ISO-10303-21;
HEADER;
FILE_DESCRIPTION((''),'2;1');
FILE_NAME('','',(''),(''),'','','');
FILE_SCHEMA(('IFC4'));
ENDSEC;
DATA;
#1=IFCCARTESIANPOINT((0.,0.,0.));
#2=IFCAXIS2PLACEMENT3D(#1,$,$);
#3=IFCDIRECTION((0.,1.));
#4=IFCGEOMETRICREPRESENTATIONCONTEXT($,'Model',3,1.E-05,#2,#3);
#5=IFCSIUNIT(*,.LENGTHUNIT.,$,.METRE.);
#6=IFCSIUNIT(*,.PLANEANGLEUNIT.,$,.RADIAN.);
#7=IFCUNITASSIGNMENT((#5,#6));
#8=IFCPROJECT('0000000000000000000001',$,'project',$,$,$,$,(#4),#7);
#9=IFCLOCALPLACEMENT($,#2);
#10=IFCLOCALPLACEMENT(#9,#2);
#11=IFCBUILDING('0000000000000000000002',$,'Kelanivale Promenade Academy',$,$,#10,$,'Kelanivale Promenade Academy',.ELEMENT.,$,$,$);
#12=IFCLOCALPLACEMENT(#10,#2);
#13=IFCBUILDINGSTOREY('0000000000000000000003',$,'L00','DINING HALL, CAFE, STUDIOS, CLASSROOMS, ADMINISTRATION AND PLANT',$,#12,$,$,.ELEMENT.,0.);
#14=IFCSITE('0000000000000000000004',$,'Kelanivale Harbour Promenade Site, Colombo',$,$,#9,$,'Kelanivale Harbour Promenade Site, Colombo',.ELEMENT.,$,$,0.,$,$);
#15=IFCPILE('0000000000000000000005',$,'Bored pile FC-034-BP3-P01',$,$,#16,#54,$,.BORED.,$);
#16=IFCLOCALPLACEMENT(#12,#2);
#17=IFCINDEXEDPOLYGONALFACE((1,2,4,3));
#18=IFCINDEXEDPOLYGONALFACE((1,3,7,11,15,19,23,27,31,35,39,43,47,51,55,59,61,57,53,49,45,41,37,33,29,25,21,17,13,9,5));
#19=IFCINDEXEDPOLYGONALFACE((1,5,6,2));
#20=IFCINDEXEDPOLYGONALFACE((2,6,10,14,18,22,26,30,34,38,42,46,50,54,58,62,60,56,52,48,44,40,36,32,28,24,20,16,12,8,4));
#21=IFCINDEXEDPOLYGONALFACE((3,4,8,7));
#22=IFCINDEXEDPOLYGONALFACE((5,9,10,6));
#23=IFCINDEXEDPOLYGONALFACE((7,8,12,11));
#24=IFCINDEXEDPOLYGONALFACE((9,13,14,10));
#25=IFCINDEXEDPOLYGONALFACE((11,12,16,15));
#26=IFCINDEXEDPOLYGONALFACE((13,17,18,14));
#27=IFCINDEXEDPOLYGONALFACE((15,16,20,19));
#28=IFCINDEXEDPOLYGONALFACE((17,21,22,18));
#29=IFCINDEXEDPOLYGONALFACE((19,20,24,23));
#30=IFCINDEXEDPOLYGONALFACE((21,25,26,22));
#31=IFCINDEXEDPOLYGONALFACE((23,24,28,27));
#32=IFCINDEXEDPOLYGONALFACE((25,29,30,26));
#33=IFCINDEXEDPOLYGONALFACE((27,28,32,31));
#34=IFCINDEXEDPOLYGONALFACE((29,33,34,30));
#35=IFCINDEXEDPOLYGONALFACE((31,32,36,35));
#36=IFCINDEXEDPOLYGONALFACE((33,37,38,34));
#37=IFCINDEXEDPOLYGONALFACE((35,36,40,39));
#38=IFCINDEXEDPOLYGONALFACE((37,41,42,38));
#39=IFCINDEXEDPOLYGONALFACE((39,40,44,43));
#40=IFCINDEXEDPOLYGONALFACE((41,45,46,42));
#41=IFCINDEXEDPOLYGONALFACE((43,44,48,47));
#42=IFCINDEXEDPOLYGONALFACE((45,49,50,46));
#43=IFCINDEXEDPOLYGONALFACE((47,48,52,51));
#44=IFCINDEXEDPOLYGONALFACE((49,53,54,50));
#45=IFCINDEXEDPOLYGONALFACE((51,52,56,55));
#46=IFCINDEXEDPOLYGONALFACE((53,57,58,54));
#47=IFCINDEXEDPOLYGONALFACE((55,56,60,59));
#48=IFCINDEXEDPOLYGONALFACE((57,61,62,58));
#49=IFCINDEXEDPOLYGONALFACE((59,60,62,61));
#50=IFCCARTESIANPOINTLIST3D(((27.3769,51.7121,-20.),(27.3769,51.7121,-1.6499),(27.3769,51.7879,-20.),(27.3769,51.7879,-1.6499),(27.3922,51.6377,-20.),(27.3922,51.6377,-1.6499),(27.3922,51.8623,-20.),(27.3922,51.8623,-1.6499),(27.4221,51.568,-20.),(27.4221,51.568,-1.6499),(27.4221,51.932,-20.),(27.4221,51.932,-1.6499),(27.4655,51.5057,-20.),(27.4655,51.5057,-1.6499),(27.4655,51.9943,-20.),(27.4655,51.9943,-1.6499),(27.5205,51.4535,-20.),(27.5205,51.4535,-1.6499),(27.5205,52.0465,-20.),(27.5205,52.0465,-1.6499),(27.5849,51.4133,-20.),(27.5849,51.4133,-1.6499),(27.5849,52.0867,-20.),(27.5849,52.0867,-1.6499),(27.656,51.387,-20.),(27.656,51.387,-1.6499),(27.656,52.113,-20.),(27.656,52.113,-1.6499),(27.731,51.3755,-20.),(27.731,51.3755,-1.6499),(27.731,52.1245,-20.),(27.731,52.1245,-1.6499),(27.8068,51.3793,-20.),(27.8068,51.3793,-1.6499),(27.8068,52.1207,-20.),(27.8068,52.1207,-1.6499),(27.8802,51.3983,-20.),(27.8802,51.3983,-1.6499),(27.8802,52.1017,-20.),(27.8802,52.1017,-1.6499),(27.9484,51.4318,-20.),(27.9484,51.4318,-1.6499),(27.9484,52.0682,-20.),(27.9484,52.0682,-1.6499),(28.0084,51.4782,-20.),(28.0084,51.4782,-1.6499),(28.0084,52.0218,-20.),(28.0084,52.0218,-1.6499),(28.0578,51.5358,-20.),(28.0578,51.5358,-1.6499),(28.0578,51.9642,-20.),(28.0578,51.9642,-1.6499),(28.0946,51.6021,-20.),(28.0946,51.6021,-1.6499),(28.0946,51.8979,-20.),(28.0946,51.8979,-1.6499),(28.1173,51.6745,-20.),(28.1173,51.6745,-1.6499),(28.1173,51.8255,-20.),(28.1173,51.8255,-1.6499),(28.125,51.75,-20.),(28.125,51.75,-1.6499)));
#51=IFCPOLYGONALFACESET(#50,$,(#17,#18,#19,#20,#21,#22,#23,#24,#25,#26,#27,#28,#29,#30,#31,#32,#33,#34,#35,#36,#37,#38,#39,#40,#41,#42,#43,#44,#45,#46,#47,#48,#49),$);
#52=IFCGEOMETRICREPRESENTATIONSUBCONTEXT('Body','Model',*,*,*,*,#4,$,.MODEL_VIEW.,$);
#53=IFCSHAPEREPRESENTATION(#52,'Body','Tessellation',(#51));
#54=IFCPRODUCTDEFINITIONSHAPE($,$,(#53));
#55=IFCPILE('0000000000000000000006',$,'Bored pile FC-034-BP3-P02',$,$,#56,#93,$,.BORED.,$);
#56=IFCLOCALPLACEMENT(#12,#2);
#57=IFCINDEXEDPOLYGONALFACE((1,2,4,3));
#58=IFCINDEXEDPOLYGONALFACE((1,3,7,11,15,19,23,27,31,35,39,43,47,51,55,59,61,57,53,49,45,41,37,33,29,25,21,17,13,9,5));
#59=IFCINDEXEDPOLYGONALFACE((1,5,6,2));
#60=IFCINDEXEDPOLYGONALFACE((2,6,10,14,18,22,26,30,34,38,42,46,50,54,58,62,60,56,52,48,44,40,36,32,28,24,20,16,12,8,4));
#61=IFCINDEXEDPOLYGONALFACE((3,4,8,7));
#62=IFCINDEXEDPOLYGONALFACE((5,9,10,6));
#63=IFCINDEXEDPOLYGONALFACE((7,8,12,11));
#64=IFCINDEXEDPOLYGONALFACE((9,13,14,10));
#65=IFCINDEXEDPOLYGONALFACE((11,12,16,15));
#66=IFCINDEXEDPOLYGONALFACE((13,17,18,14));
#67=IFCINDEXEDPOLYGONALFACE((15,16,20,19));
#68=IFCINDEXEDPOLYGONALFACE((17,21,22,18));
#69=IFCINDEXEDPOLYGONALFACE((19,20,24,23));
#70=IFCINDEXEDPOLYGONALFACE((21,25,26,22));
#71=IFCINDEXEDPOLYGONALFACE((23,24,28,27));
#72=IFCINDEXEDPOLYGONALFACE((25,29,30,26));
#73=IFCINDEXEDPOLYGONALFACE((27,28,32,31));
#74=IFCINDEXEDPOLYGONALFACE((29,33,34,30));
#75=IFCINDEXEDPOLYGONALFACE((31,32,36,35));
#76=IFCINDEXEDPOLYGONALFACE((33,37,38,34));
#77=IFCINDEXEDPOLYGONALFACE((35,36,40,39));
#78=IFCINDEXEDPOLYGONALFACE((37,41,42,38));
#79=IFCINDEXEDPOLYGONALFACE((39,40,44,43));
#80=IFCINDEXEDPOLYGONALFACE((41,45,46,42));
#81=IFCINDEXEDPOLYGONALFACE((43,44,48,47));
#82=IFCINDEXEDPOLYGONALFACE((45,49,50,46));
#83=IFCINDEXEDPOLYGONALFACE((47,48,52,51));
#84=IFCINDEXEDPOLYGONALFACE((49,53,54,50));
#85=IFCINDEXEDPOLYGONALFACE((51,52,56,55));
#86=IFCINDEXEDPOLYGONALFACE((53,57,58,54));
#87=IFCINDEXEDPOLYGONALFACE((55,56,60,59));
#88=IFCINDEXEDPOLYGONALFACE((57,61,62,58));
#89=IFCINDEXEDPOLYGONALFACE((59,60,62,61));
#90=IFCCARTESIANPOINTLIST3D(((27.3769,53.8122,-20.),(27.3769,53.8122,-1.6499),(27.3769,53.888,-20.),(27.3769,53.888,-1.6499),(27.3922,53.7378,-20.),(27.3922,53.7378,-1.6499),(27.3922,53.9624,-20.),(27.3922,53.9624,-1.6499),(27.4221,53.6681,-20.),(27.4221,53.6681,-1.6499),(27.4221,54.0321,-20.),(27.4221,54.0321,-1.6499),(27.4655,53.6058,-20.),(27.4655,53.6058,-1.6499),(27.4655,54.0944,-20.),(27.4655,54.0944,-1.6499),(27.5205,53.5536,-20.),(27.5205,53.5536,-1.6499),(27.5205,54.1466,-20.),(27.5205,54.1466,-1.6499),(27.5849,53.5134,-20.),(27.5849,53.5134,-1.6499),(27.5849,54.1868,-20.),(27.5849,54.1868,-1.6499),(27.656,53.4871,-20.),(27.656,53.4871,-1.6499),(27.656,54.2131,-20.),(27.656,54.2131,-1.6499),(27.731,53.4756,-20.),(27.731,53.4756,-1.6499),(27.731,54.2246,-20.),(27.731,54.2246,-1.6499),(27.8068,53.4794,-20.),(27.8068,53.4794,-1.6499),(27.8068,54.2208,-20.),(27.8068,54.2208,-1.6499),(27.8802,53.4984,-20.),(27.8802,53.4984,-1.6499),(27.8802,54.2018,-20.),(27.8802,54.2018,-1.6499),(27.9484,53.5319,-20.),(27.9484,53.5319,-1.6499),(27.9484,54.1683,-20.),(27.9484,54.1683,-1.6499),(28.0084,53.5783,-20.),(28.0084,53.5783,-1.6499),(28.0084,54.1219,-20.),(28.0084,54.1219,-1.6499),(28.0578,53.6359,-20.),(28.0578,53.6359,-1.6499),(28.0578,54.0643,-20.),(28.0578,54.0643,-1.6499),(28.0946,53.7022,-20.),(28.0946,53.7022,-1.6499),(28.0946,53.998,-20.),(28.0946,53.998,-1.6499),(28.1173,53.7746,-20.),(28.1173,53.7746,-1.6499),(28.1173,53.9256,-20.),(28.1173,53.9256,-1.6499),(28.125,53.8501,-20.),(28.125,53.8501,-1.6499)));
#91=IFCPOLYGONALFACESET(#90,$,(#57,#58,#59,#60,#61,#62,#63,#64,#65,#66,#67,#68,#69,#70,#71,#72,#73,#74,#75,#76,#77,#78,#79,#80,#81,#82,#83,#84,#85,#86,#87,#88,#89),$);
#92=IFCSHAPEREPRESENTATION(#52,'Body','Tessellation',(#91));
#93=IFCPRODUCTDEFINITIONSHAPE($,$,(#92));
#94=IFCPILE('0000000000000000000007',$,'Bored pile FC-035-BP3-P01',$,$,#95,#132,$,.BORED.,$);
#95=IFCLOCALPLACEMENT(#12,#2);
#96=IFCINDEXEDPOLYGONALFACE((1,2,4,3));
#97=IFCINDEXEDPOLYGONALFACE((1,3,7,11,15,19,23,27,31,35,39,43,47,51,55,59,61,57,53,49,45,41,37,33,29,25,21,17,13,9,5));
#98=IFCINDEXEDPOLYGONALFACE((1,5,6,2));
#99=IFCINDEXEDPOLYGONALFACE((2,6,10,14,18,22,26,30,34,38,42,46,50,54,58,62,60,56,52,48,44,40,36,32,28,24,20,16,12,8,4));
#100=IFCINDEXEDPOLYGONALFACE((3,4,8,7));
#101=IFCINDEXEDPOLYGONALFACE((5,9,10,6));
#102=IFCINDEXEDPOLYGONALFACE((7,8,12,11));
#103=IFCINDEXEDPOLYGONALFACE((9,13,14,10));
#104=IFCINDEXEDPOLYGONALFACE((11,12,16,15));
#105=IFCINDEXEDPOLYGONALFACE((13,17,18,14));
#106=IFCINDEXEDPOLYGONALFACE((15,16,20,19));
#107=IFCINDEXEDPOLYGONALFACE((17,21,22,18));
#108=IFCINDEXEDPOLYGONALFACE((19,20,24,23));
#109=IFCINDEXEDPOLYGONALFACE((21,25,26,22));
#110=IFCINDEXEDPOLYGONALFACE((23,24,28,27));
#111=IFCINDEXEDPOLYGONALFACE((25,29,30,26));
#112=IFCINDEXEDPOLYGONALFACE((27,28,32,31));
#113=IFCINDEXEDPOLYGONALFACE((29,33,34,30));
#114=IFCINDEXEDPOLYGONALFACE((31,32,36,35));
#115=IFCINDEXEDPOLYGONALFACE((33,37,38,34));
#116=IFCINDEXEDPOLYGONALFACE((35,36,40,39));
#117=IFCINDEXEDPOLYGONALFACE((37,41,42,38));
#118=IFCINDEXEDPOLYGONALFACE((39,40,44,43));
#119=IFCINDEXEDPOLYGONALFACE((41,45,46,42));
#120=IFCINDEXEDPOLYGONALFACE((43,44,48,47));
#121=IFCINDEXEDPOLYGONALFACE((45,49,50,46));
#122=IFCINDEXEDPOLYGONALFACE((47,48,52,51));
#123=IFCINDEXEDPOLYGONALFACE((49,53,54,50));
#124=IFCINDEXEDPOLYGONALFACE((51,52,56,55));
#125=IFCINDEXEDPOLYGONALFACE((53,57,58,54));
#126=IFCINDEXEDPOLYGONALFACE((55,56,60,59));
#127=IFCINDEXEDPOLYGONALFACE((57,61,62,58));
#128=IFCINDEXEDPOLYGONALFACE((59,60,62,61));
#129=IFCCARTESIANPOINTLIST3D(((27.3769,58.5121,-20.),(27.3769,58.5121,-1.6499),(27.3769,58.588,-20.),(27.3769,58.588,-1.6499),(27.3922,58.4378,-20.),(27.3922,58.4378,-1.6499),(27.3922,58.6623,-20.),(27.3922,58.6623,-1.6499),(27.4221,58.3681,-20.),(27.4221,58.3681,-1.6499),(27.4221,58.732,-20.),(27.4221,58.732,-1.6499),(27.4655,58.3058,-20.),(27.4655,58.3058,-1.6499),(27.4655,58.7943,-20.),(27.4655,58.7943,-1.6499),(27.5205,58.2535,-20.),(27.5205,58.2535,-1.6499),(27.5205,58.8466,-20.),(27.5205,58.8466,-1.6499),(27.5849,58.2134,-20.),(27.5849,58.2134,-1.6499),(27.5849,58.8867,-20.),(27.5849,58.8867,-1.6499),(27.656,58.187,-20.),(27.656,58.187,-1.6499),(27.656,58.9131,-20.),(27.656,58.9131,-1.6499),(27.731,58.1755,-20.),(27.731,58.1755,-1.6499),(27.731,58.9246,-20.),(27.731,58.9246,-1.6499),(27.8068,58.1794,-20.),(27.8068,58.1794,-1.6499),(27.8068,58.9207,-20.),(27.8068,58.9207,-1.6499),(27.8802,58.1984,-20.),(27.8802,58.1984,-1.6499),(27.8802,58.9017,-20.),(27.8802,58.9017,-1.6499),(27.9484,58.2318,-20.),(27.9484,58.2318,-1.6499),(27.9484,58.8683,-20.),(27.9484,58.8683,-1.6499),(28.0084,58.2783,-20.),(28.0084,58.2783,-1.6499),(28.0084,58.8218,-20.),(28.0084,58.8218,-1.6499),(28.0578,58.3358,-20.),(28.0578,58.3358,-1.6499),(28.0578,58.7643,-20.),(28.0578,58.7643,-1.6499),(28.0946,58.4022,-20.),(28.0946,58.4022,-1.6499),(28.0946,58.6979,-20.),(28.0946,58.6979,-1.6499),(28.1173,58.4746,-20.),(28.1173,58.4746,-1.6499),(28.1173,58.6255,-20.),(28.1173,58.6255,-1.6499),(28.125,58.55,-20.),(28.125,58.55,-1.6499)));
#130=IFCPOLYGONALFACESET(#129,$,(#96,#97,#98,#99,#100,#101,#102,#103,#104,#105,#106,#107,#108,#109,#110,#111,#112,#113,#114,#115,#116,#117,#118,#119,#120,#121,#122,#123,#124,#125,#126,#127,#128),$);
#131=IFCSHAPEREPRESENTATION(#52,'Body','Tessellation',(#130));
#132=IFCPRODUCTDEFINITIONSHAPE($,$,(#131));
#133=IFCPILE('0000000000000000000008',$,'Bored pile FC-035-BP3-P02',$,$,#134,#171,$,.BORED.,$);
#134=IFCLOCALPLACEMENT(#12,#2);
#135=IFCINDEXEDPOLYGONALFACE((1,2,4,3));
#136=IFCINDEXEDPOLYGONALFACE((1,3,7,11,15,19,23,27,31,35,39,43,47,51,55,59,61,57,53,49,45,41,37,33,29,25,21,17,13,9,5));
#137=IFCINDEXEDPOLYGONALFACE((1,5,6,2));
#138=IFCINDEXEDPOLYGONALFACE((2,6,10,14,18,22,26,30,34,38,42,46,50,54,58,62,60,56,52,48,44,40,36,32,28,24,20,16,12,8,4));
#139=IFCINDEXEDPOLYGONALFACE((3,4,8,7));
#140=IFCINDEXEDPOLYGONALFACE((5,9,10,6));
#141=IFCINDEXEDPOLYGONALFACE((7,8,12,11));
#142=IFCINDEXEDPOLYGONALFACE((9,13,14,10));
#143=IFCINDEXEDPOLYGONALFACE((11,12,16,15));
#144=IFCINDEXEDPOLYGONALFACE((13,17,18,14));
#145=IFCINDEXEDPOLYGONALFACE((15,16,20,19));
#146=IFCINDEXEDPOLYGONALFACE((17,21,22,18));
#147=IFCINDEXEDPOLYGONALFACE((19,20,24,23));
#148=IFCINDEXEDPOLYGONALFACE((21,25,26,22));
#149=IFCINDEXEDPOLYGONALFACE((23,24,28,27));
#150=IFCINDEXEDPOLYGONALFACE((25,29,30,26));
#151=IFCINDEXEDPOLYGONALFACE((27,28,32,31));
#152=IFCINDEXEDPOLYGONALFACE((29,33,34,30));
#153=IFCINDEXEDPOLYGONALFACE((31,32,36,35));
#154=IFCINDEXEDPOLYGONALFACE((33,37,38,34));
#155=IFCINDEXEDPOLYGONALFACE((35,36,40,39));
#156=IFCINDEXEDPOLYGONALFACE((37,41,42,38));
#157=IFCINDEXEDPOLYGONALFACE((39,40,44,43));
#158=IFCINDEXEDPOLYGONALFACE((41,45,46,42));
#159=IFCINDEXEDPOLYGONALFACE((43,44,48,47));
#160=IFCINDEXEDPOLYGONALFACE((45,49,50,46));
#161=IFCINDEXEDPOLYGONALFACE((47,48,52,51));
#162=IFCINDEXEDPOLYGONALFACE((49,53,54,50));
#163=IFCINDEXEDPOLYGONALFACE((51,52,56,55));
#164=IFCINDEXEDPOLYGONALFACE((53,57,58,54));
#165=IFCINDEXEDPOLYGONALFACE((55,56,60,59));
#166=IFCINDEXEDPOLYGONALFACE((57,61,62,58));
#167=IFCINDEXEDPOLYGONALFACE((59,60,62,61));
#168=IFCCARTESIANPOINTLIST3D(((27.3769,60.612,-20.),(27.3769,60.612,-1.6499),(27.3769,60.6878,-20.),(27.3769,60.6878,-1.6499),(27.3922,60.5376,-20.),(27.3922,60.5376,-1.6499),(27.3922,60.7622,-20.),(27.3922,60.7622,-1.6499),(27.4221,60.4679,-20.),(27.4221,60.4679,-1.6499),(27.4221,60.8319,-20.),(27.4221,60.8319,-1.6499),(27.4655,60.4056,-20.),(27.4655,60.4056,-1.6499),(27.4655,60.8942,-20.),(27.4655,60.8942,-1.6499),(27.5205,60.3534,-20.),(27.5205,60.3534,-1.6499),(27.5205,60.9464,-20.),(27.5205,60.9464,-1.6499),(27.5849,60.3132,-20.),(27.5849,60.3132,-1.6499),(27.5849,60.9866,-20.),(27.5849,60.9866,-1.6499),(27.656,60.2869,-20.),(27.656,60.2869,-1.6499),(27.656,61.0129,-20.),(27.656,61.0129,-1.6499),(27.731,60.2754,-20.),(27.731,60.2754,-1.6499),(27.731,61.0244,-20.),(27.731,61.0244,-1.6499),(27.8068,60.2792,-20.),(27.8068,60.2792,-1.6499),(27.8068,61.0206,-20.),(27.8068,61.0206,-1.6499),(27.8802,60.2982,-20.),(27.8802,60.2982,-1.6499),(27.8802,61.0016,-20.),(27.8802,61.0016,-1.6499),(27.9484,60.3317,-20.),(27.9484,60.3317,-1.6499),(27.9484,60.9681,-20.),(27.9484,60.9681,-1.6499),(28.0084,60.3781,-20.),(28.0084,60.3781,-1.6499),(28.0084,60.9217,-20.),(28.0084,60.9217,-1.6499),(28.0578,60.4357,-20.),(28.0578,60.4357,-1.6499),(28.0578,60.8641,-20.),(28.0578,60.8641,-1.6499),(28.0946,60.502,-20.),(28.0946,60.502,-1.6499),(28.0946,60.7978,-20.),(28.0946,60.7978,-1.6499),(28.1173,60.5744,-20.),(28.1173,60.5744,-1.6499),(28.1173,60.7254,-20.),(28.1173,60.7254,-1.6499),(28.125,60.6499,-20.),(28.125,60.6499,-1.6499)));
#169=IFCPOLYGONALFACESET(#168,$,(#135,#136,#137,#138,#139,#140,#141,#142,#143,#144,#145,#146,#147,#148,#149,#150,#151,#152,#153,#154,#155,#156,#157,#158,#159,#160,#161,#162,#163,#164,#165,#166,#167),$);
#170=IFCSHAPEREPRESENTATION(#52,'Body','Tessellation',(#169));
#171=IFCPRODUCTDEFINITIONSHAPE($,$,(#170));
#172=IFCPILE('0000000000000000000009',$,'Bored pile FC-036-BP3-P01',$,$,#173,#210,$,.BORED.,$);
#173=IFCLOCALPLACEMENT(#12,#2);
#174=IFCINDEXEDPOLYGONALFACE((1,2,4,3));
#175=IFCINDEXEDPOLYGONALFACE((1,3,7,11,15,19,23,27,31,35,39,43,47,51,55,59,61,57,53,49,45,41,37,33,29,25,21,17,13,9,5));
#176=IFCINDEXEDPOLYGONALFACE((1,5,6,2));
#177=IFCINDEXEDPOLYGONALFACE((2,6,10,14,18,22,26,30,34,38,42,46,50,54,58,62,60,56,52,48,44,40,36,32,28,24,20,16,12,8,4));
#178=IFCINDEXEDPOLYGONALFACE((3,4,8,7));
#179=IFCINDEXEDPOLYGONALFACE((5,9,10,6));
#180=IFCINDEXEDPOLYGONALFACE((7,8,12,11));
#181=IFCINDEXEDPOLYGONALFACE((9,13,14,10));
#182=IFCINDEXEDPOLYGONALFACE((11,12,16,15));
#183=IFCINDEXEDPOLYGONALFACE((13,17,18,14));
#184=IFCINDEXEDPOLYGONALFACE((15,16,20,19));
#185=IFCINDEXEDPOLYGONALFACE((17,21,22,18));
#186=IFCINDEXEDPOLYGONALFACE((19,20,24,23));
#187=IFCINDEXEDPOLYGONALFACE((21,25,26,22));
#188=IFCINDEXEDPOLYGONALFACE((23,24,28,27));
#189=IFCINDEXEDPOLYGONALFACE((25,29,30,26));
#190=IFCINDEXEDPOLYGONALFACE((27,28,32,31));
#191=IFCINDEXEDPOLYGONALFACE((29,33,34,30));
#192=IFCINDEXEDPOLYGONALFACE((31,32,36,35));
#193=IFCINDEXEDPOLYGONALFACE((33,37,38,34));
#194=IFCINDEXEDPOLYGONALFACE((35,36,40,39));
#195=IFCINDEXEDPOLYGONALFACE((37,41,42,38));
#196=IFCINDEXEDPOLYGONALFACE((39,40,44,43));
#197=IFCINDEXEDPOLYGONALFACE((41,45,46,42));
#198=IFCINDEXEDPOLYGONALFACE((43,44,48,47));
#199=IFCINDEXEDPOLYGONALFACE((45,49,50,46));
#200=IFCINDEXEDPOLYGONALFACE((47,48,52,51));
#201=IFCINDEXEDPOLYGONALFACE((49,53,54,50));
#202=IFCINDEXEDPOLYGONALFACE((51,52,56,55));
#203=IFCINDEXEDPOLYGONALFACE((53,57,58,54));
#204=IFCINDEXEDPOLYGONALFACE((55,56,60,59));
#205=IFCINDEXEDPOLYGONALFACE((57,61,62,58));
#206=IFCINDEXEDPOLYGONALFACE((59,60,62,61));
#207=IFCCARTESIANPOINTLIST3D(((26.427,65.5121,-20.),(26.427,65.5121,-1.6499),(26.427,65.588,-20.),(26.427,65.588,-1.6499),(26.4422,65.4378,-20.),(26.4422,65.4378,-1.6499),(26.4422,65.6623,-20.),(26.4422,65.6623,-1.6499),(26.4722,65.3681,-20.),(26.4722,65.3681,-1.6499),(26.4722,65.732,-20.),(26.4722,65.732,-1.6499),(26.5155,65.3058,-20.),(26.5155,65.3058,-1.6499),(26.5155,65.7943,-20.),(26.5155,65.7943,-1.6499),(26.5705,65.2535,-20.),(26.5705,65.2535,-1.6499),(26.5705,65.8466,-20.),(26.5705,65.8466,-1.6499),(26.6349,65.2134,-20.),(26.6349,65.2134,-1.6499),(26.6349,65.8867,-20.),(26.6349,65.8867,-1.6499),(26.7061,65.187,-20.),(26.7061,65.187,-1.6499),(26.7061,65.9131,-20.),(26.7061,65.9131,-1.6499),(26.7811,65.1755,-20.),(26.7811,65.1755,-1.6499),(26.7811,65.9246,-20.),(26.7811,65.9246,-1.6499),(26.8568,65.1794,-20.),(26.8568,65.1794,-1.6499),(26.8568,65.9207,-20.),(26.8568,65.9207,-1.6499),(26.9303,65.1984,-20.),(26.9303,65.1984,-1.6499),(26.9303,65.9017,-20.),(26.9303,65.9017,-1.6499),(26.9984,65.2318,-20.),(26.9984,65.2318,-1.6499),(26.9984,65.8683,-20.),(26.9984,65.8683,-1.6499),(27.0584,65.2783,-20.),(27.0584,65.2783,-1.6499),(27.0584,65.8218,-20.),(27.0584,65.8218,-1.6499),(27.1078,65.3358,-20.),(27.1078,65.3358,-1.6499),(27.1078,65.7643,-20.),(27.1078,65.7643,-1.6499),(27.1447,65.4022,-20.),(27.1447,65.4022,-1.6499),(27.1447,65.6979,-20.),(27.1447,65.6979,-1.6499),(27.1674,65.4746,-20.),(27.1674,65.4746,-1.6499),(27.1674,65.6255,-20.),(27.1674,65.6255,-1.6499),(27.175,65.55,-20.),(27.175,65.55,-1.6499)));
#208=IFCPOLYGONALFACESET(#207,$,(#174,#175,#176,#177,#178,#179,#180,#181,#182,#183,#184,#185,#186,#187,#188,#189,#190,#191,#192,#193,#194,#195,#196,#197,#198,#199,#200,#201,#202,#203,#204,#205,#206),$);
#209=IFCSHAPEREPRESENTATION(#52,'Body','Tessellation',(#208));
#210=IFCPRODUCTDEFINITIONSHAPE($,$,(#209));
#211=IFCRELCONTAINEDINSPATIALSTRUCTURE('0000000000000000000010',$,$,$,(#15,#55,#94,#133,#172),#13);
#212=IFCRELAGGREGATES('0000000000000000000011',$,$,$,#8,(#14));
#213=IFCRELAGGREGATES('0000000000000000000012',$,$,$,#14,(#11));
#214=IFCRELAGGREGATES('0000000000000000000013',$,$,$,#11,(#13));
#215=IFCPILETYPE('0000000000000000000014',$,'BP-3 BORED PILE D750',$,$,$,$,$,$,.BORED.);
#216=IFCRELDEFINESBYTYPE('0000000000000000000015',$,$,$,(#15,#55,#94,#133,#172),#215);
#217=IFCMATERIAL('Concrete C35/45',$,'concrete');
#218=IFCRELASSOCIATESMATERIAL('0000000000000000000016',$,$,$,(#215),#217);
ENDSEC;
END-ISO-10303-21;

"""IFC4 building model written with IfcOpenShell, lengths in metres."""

from ifc_helpers import new_model, si_unit, direction, frame, origin, origin_2d, place, context, subcontext, project, spatial, circle, extrude, material, material_profile, profile_set, type_object, element, save


model = new_model("IFC4")

# Units and contexts
model_context = context("Model", 3, precision=1e-05, world=origin(), true_north=direction((0.0, 1.0)))
body_context = subcontext(model_context, "Body", "Model", "MODEL_VIEW")
ifc_project = project(units=[si_unit("LENGTHUNIT", "METRE"), si_unit("PLANEANGLEUNIT", "RADIAN")], contexts=[model_context])

# Site, building, storey
site_placement = place(None, origin())
site = spatial("IfcSite", under=ifc_project, at=site_placement, Name="Kelanivale Harbour Promenade Site, Colombo", LongName="Kelanivale Harbour Promenade Site, Colombo", CompositionType="ELEMENT", RefElevation=0.0)
building_placement = place(site_placement, origin())
building = spatial("IfcBuilding", under=site, at=building_placement, Name="Kelanivale Promenade Academy", LongName="Kelanivale Promenade Academy", CompositionType="ELEMENT")
storey_placement = place(building_placement, origin())
storey = spatial("IfcBuildingStorey", under=building, at=storey_placement, Name="L00", Description="DINING HALL, CAFE, STUDIOS, CLASSROOMS, ADMINISTRATION AND PLANT", CompositionType="ELEMENT", Elevation=0.0)

# Piles
ifc_material_1 = material(Name="Concrete C35/45", Category="concrete")
ifc_material_profile_1 = material_profile(ifc_material_1, circle(Radius=0.375, at=origin_2d()), Name="BORED PILE D750")
ifc_profile_set_1 = profile_set([ifc_material_profile_1], Name="Concrete C35/45")
pile_type_1 = type_object("IfcPileType", Name="BP-3 BORED PILE D750", PredefinedType="BORED", material=ifc_profile_set_1)
for number, where, z_axis, x_axis, name in (
    (1, (27.75, 51.75, -1.6499), (0.0, 0.0, -1.0), (1.0, 0.0, 0.0), "Bored pile FC-034-BP3-P01"),
    (2, (27.75, 53.8501, -1.6499), (0.0, 0.0, -1.0), (1.0, 0.0, 0.0), "Bored pile FC-034-BP3-P02"),
    (3, (27.75, 58.55, -1.6499), (0.0, 0.0, -1.0), (1.0, 0.0, 0.0), "Bored pile FC-035-BP3-P01"),
    (4, (27.75, 60.6499, -1.6499), (0.0, 0.0, -1.0), (1.0, 0.0, 0.0), "Bored pile FC-035-BP3-P02"),
    (5, (26.8, 65.55, -1.6499), (0.0, 0.0, -1.0), (1.0, 0.0, 0.0), "Bored pile FC-036-BP3-P01"),
):
    element("IfcPile", number, at=place(storey_placement, frame(where, z_axis=z_axis, x_axis=x_axis)), inside=storey, type_object=pile_type_1, Name=name, PredefinedType="BORED", context=body_context, shape_type="SweptSolid", body=[
        extrude(circle(Radius=0.375, at=origin_2d()), origin(), (0.0, 0.0, 1.0), 18.3501),
    ])

save(model, "model.ifc")
